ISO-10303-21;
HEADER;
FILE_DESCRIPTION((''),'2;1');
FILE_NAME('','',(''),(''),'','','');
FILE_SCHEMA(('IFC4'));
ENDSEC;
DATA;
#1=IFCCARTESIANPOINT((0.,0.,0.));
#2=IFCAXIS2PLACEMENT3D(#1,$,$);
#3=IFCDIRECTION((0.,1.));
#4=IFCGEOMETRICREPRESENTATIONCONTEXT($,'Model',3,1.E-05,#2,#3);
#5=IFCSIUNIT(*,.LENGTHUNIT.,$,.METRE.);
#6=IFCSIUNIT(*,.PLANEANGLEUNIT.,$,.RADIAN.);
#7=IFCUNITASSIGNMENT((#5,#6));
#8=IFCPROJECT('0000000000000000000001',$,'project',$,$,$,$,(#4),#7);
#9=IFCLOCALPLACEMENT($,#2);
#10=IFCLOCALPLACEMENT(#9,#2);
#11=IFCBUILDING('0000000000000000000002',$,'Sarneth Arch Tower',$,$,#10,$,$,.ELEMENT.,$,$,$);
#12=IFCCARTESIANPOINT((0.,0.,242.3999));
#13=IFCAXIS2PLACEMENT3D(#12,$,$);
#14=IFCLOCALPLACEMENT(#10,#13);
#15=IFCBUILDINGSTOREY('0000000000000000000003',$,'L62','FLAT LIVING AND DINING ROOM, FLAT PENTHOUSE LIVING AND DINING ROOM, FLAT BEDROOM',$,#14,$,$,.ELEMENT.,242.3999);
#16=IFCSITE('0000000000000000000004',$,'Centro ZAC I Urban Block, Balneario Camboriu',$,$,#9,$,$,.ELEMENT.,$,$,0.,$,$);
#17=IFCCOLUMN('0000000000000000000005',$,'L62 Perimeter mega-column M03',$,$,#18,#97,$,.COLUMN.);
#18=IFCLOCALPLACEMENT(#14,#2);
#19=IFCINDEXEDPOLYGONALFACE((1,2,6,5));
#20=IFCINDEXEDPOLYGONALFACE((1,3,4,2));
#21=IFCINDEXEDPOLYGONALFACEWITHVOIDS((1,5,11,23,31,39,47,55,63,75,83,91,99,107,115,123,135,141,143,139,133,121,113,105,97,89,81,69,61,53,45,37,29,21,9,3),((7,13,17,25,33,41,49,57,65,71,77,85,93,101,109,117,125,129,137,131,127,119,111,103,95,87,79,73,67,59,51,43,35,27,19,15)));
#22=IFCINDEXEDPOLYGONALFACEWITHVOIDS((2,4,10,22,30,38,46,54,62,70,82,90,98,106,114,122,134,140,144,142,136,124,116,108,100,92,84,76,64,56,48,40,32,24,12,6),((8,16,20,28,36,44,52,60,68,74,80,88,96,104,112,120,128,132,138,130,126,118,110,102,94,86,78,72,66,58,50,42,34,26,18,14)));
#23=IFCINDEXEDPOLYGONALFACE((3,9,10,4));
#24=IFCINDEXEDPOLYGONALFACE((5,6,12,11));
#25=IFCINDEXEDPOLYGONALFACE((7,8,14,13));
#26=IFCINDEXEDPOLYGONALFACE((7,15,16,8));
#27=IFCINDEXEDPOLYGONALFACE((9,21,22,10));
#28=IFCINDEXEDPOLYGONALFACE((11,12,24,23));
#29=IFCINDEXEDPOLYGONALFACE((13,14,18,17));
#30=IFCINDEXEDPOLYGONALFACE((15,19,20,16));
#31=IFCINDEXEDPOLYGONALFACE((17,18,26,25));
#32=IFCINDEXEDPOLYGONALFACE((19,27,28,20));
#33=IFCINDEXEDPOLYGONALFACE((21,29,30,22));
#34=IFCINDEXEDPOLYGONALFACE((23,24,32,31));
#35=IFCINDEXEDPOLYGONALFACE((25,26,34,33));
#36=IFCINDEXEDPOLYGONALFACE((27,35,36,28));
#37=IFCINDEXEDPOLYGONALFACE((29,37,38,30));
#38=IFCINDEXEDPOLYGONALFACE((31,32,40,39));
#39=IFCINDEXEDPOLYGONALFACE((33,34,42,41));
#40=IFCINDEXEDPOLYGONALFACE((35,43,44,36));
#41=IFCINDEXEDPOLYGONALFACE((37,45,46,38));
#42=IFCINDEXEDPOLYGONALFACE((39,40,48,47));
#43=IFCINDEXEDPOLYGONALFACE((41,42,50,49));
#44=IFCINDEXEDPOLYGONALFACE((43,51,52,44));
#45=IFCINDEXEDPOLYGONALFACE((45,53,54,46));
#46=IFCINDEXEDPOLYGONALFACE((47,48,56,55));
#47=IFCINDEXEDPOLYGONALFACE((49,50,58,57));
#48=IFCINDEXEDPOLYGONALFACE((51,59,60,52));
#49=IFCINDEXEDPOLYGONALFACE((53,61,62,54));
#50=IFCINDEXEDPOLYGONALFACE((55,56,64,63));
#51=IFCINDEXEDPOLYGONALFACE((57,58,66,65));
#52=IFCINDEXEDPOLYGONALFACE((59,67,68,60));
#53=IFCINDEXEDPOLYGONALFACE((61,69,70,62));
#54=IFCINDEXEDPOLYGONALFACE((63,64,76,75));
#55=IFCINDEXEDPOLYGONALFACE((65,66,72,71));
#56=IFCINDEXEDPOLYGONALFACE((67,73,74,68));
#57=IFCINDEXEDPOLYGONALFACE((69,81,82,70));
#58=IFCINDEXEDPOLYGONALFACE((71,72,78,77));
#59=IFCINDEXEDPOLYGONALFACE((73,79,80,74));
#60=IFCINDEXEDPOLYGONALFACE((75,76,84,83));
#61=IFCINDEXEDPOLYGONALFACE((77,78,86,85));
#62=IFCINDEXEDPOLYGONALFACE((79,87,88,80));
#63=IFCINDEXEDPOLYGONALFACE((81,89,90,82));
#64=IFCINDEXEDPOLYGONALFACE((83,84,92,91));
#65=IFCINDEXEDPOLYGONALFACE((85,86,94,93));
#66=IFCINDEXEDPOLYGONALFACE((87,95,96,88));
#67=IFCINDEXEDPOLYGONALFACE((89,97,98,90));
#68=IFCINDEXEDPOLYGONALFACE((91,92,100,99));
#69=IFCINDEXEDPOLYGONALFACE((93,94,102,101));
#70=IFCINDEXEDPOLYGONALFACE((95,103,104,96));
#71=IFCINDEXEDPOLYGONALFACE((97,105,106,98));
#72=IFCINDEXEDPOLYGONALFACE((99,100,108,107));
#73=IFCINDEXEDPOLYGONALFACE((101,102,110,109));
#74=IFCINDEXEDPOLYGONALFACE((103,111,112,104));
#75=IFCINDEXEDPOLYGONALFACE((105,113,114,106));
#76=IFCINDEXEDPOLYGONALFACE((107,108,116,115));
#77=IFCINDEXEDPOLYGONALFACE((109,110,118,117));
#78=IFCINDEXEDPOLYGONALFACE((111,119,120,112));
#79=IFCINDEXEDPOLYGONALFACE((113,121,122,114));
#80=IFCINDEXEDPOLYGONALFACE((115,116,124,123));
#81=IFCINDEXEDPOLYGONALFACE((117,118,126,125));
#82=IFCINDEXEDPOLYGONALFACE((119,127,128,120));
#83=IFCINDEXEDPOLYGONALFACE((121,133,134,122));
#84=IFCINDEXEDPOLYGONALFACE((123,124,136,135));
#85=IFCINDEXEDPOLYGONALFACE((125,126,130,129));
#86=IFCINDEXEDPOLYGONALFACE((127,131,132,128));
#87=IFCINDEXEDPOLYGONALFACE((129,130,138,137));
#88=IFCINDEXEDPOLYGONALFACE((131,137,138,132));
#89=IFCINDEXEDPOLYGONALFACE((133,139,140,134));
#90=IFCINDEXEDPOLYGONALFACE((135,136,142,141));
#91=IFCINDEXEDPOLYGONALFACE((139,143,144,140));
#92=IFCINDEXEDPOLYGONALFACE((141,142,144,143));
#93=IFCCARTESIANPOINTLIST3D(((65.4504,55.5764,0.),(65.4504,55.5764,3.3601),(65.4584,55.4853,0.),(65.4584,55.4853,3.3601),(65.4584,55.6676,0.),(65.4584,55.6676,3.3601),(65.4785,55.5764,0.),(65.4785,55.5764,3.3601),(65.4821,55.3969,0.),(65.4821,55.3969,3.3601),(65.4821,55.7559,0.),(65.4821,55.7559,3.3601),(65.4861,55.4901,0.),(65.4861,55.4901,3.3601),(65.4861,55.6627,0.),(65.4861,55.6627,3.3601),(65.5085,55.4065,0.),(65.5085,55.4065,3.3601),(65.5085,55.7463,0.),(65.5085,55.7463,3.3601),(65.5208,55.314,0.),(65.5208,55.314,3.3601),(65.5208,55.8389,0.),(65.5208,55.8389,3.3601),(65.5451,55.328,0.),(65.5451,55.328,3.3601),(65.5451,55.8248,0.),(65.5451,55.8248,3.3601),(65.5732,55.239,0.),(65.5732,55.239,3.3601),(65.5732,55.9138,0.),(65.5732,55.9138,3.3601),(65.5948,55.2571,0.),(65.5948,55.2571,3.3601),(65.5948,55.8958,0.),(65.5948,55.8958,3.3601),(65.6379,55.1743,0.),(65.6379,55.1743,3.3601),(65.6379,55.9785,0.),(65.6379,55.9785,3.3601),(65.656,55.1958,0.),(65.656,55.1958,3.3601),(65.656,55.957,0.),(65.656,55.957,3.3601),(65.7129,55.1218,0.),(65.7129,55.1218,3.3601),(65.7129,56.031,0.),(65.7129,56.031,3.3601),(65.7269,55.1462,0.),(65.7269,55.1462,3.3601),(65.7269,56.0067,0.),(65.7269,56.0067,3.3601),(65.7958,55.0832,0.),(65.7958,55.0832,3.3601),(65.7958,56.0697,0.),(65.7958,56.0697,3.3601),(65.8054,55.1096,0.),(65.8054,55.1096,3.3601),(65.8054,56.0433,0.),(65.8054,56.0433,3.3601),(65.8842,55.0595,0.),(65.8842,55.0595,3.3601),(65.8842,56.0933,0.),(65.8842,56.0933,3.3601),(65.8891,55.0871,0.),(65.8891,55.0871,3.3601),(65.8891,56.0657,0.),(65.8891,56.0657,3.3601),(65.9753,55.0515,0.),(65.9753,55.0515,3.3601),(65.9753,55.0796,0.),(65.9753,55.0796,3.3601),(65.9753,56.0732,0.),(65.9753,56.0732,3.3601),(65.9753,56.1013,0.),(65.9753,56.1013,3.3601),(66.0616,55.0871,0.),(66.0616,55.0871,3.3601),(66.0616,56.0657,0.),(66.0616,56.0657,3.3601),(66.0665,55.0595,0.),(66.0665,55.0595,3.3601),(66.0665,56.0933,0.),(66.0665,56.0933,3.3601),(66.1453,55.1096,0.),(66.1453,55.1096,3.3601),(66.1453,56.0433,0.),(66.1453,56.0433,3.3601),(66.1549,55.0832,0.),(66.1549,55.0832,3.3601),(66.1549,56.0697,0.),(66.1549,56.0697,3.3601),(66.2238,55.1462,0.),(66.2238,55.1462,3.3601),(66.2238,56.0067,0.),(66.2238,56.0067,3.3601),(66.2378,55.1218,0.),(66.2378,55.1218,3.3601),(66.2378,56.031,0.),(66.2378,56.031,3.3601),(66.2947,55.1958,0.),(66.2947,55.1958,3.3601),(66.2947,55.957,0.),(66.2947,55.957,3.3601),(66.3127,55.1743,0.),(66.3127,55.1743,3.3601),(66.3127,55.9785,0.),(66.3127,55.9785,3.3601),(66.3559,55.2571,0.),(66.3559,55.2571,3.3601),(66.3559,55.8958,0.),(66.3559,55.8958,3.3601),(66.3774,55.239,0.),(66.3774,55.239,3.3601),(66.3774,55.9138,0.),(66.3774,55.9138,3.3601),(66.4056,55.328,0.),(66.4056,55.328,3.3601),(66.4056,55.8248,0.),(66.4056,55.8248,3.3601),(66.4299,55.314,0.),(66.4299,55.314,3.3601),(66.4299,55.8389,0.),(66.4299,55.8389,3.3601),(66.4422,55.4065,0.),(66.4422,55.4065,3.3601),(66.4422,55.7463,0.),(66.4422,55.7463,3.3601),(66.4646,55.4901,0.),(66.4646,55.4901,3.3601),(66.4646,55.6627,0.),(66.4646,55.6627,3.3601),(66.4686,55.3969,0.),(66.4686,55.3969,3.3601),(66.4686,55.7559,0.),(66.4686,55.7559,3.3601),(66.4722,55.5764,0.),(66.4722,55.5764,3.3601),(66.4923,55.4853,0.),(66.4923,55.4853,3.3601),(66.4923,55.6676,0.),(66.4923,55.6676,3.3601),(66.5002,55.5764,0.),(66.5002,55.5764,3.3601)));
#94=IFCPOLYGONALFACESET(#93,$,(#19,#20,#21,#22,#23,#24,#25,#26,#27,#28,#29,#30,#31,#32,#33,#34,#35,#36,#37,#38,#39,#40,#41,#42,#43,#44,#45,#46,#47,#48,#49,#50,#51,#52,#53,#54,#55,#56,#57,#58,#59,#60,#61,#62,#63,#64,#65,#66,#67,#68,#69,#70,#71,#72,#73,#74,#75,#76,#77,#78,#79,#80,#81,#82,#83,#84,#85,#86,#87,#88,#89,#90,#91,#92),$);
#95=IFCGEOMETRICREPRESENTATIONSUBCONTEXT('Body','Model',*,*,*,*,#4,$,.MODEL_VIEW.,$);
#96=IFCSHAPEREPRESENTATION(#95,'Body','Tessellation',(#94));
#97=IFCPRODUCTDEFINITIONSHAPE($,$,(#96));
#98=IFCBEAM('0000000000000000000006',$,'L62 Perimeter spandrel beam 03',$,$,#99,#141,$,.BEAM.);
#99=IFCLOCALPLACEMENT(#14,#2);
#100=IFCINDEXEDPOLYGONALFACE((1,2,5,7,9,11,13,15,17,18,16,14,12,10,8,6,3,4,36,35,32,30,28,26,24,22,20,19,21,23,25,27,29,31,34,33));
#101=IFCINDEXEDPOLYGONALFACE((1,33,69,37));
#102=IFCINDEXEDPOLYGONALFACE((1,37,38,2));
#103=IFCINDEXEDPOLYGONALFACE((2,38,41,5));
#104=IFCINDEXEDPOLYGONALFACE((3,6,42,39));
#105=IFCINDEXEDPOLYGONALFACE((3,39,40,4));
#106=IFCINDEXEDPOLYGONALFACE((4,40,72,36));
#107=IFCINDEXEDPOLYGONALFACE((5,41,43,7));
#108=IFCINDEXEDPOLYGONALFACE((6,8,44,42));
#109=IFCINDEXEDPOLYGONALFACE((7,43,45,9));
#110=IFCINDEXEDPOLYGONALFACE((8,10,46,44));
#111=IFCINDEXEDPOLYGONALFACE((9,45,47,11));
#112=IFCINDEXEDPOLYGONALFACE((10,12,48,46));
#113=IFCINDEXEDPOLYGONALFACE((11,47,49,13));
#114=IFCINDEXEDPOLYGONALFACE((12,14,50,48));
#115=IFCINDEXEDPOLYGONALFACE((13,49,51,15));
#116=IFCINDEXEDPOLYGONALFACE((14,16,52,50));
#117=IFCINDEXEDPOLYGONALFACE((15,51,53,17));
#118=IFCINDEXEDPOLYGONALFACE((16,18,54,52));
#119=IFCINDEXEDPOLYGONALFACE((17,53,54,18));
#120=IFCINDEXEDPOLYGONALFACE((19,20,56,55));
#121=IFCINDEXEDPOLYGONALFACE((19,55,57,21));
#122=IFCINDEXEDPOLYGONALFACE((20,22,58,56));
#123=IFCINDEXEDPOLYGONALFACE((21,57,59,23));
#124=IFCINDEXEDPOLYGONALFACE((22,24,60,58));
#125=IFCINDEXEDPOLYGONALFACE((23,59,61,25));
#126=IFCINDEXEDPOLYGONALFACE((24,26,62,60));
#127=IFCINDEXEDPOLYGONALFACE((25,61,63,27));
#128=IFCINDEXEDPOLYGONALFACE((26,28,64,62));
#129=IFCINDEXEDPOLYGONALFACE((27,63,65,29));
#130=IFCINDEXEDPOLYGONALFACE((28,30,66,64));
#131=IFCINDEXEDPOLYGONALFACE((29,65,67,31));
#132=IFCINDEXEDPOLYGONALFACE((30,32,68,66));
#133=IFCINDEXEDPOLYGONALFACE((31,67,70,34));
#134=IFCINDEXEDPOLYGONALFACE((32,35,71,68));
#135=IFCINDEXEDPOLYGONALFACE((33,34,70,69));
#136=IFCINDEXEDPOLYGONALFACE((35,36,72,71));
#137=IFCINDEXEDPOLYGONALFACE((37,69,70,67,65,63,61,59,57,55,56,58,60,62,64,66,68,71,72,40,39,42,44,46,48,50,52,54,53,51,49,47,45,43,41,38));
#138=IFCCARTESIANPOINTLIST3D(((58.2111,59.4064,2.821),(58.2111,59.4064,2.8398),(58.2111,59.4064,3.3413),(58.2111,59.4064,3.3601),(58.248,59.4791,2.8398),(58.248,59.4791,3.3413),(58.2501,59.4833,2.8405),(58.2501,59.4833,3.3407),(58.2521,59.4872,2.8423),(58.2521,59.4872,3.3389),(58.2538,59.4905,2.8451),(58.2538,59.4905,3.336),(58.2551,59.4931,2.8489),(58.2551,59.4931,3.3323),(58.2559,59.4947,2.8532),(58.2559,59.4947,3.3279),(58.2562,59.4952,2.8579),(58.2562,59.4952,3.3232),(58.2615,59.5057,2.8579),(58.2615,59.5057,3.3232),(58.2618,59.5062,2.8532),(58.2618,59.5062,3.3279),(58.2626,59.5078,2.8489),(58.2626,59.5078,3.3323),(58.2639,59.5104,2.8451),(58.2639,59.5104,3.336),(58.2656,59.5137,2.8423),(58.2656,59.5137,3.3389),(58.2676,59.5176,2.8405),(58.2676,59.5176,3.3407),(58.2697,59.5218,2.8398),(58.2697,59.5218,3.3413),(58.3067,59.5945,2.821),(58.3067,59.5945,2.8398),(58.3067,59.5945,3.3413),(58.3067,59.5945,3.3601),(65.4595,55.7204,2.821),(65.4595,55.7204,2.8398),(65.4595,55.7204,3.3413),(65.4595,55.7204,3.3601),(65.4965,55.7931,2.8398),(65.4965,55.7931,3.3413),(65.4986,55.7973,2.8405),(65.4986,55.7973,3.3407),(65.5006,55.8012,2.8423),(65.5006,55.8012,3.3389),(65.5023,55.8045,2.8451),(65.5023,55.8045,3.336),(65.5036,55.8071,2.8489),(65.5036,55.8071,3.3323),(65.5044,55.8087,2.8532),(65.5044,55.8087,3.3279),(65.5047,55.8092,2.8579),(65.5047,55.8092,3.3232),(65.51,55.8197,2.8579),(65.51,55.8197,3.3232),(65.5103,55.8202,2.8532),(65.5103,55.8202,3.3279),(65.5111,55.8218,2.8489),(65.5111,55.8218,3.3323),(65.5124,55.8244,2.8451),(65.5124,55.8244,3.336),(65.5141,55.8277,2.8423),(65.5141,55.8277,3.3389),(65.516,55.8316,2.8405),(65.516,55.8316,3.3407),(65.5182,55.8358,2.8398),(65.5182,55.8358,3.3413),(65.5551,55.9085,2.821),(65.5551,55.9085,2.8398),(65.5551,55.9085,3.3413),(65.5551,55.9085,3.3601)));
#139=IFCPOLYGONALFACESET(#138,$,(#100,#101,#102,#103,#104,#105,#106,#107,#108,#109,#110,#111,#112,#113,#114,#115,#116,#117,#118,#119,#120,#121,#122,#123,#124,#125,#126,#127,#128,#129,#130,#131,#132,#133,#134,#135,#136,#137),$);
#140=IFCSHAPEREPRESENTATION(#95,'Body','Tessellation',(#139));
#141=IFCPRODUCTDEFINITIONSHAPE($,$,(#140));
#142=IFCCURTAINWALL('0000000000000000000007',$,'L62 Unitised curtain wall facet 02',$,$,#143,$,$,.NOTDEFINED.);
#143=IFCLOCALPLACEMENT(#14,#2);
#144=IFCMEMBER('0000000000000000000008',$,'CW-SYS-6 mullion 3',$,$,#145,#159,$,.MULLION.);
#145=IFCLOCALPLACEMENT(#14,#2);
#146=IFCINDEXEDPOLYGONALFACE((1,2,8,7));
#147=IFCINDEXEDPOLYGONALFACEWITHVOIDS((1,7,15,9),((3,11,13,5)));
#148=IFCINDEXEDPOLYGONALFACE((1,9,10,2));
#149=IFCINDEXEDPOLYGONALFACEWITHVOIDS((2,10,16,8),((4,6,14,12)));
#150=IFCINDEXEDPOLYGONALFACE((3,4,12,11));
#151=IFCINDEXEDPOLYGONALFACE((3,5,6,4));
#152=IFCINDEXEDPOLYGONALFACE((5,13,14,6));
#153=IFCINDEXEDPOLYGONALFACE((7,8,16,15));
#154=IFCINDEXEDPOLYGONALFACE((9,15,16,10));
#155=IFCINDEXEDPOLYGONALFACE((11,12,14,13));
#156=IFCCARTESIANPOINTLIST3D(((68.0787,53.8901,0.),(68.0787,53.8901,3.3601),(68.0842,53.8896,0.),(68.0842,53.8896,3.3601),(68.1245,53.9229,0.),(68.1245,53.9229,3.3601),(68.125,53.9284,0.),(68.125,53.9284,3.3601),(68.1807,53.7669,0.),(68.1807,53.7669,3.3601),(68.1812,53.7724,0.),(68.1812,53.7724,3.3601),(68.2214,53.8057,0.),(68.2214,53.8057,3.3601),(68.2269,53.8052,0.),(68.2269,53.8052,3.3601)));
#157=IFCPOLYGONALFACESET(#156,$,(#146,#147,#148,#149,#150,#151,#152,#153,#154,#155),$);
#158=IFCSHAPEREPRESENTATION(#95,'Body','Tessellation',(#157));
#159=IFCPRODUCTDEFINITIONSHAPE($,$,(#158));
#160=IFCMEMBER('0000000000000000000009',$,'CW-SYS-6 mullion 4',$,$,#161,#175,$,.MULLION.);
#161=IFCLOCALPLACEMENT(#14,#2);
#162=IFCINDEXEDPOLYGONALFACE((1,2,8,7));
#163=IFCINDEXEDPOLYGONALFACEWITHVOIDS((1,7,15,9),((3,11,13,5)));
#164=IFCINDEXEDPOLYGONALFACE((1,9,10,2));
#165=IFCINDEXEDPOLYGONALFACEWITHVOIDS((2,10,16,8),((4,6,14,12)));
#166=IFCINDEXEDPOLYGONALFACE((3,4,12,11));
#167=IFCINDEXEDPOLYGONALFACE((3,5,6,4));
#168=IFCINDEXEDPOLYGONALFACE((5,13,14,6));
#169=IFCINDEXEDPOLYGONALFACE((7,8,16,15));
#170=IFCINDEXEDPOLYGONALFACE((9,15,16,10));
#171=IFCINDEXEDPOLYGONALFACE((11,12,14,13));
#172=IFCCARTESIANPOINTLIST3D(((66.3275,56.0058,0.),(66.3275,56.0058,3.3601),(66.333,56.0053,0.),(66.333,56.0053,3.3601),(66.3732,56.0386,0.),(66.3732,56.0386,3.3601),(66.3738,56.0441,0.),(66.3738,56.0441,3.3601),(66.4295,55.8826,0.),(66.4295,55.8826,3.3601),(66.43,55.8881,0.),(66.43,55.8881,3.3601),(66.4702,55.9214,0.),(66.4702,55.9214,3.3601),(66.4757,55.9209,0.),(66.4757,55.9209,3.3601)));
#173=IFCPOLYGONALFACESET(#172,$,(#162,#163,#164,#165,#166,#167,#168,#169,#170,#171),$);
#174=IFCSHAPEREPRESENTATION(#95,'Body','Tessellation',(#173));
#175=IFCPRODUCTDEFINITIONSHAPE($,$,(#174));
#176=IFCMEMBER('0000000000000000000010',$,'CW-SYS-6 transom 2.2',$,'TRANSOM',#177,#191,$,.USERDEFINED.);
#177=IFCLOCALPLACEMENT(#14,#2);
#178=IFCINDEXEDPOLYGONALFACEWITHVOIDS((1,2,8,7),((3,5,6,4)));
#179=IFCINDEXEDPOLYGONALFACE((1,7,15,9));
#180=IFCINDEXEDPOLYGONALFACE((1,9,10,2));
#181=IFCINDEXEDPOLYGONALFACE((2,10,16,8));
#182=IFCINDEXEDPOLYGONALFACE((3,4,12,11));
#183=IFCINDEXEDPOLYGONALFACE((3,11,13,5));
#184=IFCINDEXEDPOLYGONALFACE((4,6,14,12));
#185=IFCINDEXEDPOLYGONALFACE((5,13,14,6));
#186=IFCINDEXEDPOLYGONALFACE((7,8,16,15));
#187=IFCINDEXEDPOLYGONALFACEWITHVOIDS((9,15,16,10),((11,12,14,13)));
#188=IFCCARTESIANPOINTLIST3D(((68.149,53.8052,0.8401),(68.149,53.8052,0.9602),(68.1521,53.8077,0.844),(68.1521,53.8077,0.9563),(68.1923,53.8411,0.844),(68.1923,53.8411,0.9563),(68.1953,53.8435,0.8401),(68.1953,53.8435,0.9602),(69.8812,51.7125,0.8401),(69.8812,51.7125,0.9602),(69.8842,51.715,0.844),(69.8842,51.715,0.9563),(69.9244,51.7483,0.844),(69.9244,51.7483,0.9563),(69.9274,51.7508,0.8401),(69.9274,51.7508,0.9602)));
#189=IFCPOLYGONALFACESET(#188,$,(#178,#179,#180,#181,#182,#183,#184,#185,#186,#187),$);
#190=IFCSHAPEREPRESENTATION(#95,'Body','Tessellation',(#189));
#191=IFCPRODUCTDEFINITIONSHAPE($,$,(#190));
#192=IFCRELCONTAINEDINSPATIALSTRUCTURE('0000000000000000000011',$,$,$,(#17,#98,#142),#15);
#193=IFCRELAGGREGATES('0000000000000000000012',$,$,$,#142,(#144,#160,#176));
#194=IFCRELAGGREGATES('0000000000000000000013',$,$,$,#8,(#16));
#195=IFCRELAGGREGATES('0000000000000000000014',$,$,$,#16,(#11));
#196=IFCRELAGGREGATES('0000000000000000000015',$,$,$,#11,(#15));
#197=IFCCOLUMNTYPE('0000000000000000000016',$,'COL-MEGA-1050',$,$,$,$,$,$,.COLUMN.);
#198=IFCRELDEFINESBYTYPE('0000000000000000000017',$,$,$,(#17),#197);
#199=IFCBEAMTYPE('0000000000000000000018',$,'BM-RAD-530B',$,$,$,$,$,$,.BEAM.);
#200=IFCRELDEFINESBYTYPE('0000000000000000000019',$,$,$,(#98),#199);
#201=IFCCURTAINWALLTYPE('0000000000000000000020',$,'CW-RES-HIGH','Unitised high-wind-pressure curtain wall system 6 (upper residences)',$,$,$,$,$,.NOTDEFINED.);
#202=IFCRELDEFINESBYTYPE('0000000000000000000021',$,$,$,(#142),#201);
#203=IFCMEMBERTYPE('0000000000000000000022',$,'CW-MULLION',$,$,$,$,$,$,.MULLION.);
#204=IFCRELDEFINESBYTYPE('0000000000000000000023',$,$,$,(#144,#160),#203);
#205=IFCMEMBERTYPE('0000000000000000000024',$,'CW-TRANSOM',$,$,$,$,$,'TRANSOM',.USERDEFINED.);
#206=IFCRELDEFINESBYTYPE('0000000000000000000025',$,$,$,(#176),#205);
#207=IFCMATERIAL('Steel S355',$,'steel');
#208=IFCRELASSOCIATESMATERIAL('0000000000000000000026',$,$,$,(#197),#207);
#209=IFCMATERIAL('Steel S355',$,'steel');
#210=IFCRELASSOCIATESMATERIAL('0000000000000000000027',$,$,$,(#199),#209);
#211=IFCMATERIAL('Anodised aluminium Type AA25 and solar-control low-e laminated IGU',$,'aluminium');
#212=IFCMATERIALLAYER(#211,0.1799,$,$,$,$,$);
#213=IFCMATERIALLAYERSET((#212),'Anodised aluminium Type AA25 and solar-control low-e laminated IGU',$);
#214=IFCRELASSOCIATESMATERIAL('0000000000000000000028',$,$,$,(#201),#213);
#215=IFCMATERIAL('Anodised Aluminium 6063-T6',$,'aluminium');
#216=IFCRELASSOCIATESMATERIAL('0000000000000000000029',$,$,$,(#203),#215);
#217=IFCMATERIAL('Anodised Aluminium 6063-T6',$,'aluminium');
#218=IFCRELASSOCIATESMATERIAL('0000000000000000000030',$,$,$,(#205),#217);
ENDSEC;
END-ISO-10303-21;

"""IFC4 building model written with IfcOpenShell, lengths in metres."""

from ifc_helpers import new_model, si_unit, direction, frame, origin, origin_2d, place, context, subcontext, project, spatial, hollow_rectangle, hollow_circle, i_section, extrude, material, layer, layer_set, material_profile, profile_set, type_object, element, aggregate, save


model = new_model("IFC4")

# Units and contexts
model_context = context("Model", 3, precision=1e-05, world=origin(), true_north=direction((0.0, 1.0)))
body_context = subcontext(model_context, "Body", "Model", "MODEL_VIEW")
ifc_project = project(units=[si_unit("LENGTHUNIT", "METRE"), si_unit("PLANEANGLEUNIT", "RADIAN")], contexts=[model_context])

# Site, building, storey
site_placement = place(None, origin())
site = spatial("IfcSite", under=ifc_project, at=site_placement, Name="Centro ZAC I Urban Block, Balneario Camboriu", CompositionType="ELEMENT", RefElevation=0.0)
building_placement = place(site_placement, origin())
building = spatial("IfcBuilding", under=site, at=building_placement, Name="Sarneth Arch Tower", CompositionType="ELEMENT")
storey_placement = place(building_placement, frame((0.0, 0.0, 242.3999)))
storey = spatial("IfcBuildingStorey", under=building, at=storey_placement, Name="L62", Description="FLAT LIVING AND DINING ROOM, FLAT PENTHOUSE LIVING AND DINING ROOM, FLAT BEDROOM", CompositionType="ELEMENT", Elevation=242.3999)

# Column
ifc_material_1 = material(Name="Steel S355", Category="steel")
ifc_material_profile_1 = material_profile(ifc_material_1, hollow_circle(Radius=0.5249, WallThickness=0.0281, at=origin_2d()), Name="CHS1050x28")
ifc_profile_set_1 = profile_set([ifc_material_profile_1], Name="Steel S355")
column_type = type_object("IfcColumnType", Name="COL-MEGA-1050", PredefinedType="COLUMN", material=ifc_profile_set_1)
column_placement = place(storey_placement, frame((65.9753, 55.5764, 0.0), z_axis=(0.0, 0.0, 1.0), x_axis=(1.0, 0.0, 0.0)))
element("IfcColumn", 1, at=column_placement, inside=storey, type_object=column_type, Name="L62 Perimeter mega-column M03", PredefinedType="COLUMN", context=body_context, shape_type="SweptSolid", body=[
    extrude(hollow_circle(Radius=0.5249, WallThickness=0.0281, at=origin_2d()), origin(), (0.0, 0.0, 1.0), 3.3601),
])

# Beam
ifc_material_2 = material(Name="Steel S355", Category="steel")
ifc_material_profile_2 = material_profile(ifc_material_2, i_section(OverallWidth=0.2109, OverallDepth=0.5391, WebThickness=0.0117, FlangeThickness=0.0188, FilletRadius=0.0181, at=origin_2d()), Name="W530x109")
ifc_profile_set_2 = profile_set([ifc_material_profile_2], Name="Steel S355")
beam_type = type_object("IfcBeamType", Name="BM-RAD-530B", PredefinedType="BEAM", material=ifc_profile_set_2)
beam_placement = place(storey_placement, frame((65.5073, 55.8145, 3.0906), z_axis=(-0.891368, 0.45328, 0.0), x_axis=(-0.45328, -0.891368, 0.0)))
element("IfcBeam", 2, at=beam_placement, inside=storey, type_object=beam_type, Name="L62 Perimeter spandrel beam 03", PredefinedType="BEAM", context=body_context, shape_type="SweptSolid", body=[
    extrude(i_section(OverallWidth=0.2109, OverallDepth=0.5391, WebThickness=0.0117, FlangeThickness=0.0188, FilletRadius=0.0181, at=origin_2d()), origin(), (0.0, 0.0, 1.0), 8.1318),
])

# Curtain wall, members
ifc_material_3 = material(Name="Anodised aluminium Type AA25 and solar-control low-e laminated IGU", Category="aluminium")
ifc_layer_1 = layer(ifc_material_3, 0.1799)
ifc_layer_set_1 = layer_set([ifc_layer_1], Name="Anodised aluminium Type AA25 and solar-control low-e laminated IGU")
curtain_wall_type = type_object("IfcCurtainWallType", Name="CW-RES-HIGH", Description="Unitised high-wind-pressure curtain wall system 6 (upper residences)", PredefinedType="NOTDEFINED", material=ifc_layer_set_1)
curtain_wall_placement = place(storey_placement, origin())
curtain_wall = element("IfcCurtainWall", 3, at=curtain_wall_placement, inside=storey, type_object=curtain_wall_type, Name="L62 Unitised curtain wall facet 02", PredefinedType="NOTDEFINED")
ifc_material_4 = material(Name="Anodised Aluminium 6063-T6", Category="aluminium")
ifc_material_profile_3 = material_profile(ifc_material_4, hollow_rectangle(XDim=0.0601, YDim=0.1599, WallThickness=0.0039, at=origin_2d()), Name="AL-MULL-160x60x4")
ifc_profile_set_3 = profile_set([ifc_material_profile_3], Name="Anodised Aluminium 6063-T6")
member_type_1 = type_object("IfcMemberType", Name="CW-MULLION", PredefinedType="MULLION", material=ifc_profile_set_3)
member_1_placement = place(storey_placement, frame((68.1528, 53.8477, 0.0), z_axis=(0.0, 0.0, 1.0), x_axis=(-0.770359, -0.63761, 0.0)))
member_1 = element("IfcMember", 4, at=member_1_placement, type_object=member_type_1, Name="CW-SYS-6 mullion 3", PredefinedType="MULLION", context=body_context, shape_type="SweptSolid", body=[
    extrude(hollow_rectangle(XDim=0.0601, YDim=0.1599, WallThickness=0.0039, at=origin_2d()), origin(), (0.0, 0.0, 1.0), 3.3601),
])
member_2_placement = place(storey_placement, frame((66.4016, 55.9634, 0.0), z_axis=(0.0, 0.0, 1.0), x_axis=(-0.770359, -0.63761, 0.0)))
member_2 = element("IfcMember", 5, at=member_2_placement, type_object=member_type_1, Name="CW-SYS-6 mullion 4", PredefinedType="MULLION", context=body_context, shape_type="SweptSolid", body=[
    extrude(hollow_rectangle(XDim=0.0601, YDim=0.1599, WallThickness=0.0039, at=origin_2d()), origin(), (0.0, 0.0, 1.0), 3.3601),
])
ifc_material_5 = material(Name="Anodised Aluminium 6063-T6", Category="aluminium")
ifc_material_profile_4 = material_profile(ifc_material_5, hollow_rectangle(XDim=0.0601, YDim=0.1201, WallThickness=0.0039, at=origin_2d()), Name="AL-TRAN-120x60x4")
ifc_profile_set_4 = profile_set([ifc_material_profile_4], Name="Anodised Aluminium 6063-T6")
member_type_2 = type_object("IfcMemberType", Name="CW-TRANSOM", ElementType="TRANSOM", PredefinedType="USERDEFINED", material=ifc_profile_set_4)
member_3_placement = place(storey_placement, frame((69.9043, 51.7317, 0.9001), z_axis=(-0.637617, 0.770353, 0.0), x_axis=(-0.770353, -0.637617, 0.0)))
member_3 = element("IfcMember", 6, at=member_3_placement, type_object=member_type_2, Name="CW-SYS-6 transom 2.2", ObjectType="TRANSOM", PredefinedType="USERDEFINED", context=body_context, shape_type="SweptSolid", body=[
    extrude(hollow_rectangle(XDim=0.0601, YDim=0.1201, WallThickness=0.0039, at=origin_2d()), origin(), (0.0, 0.0, 1.0), 2.7166),
])

aggregate(curtain_wall, [member_1, member_2, member_3])

save(model, "model.ifc")
